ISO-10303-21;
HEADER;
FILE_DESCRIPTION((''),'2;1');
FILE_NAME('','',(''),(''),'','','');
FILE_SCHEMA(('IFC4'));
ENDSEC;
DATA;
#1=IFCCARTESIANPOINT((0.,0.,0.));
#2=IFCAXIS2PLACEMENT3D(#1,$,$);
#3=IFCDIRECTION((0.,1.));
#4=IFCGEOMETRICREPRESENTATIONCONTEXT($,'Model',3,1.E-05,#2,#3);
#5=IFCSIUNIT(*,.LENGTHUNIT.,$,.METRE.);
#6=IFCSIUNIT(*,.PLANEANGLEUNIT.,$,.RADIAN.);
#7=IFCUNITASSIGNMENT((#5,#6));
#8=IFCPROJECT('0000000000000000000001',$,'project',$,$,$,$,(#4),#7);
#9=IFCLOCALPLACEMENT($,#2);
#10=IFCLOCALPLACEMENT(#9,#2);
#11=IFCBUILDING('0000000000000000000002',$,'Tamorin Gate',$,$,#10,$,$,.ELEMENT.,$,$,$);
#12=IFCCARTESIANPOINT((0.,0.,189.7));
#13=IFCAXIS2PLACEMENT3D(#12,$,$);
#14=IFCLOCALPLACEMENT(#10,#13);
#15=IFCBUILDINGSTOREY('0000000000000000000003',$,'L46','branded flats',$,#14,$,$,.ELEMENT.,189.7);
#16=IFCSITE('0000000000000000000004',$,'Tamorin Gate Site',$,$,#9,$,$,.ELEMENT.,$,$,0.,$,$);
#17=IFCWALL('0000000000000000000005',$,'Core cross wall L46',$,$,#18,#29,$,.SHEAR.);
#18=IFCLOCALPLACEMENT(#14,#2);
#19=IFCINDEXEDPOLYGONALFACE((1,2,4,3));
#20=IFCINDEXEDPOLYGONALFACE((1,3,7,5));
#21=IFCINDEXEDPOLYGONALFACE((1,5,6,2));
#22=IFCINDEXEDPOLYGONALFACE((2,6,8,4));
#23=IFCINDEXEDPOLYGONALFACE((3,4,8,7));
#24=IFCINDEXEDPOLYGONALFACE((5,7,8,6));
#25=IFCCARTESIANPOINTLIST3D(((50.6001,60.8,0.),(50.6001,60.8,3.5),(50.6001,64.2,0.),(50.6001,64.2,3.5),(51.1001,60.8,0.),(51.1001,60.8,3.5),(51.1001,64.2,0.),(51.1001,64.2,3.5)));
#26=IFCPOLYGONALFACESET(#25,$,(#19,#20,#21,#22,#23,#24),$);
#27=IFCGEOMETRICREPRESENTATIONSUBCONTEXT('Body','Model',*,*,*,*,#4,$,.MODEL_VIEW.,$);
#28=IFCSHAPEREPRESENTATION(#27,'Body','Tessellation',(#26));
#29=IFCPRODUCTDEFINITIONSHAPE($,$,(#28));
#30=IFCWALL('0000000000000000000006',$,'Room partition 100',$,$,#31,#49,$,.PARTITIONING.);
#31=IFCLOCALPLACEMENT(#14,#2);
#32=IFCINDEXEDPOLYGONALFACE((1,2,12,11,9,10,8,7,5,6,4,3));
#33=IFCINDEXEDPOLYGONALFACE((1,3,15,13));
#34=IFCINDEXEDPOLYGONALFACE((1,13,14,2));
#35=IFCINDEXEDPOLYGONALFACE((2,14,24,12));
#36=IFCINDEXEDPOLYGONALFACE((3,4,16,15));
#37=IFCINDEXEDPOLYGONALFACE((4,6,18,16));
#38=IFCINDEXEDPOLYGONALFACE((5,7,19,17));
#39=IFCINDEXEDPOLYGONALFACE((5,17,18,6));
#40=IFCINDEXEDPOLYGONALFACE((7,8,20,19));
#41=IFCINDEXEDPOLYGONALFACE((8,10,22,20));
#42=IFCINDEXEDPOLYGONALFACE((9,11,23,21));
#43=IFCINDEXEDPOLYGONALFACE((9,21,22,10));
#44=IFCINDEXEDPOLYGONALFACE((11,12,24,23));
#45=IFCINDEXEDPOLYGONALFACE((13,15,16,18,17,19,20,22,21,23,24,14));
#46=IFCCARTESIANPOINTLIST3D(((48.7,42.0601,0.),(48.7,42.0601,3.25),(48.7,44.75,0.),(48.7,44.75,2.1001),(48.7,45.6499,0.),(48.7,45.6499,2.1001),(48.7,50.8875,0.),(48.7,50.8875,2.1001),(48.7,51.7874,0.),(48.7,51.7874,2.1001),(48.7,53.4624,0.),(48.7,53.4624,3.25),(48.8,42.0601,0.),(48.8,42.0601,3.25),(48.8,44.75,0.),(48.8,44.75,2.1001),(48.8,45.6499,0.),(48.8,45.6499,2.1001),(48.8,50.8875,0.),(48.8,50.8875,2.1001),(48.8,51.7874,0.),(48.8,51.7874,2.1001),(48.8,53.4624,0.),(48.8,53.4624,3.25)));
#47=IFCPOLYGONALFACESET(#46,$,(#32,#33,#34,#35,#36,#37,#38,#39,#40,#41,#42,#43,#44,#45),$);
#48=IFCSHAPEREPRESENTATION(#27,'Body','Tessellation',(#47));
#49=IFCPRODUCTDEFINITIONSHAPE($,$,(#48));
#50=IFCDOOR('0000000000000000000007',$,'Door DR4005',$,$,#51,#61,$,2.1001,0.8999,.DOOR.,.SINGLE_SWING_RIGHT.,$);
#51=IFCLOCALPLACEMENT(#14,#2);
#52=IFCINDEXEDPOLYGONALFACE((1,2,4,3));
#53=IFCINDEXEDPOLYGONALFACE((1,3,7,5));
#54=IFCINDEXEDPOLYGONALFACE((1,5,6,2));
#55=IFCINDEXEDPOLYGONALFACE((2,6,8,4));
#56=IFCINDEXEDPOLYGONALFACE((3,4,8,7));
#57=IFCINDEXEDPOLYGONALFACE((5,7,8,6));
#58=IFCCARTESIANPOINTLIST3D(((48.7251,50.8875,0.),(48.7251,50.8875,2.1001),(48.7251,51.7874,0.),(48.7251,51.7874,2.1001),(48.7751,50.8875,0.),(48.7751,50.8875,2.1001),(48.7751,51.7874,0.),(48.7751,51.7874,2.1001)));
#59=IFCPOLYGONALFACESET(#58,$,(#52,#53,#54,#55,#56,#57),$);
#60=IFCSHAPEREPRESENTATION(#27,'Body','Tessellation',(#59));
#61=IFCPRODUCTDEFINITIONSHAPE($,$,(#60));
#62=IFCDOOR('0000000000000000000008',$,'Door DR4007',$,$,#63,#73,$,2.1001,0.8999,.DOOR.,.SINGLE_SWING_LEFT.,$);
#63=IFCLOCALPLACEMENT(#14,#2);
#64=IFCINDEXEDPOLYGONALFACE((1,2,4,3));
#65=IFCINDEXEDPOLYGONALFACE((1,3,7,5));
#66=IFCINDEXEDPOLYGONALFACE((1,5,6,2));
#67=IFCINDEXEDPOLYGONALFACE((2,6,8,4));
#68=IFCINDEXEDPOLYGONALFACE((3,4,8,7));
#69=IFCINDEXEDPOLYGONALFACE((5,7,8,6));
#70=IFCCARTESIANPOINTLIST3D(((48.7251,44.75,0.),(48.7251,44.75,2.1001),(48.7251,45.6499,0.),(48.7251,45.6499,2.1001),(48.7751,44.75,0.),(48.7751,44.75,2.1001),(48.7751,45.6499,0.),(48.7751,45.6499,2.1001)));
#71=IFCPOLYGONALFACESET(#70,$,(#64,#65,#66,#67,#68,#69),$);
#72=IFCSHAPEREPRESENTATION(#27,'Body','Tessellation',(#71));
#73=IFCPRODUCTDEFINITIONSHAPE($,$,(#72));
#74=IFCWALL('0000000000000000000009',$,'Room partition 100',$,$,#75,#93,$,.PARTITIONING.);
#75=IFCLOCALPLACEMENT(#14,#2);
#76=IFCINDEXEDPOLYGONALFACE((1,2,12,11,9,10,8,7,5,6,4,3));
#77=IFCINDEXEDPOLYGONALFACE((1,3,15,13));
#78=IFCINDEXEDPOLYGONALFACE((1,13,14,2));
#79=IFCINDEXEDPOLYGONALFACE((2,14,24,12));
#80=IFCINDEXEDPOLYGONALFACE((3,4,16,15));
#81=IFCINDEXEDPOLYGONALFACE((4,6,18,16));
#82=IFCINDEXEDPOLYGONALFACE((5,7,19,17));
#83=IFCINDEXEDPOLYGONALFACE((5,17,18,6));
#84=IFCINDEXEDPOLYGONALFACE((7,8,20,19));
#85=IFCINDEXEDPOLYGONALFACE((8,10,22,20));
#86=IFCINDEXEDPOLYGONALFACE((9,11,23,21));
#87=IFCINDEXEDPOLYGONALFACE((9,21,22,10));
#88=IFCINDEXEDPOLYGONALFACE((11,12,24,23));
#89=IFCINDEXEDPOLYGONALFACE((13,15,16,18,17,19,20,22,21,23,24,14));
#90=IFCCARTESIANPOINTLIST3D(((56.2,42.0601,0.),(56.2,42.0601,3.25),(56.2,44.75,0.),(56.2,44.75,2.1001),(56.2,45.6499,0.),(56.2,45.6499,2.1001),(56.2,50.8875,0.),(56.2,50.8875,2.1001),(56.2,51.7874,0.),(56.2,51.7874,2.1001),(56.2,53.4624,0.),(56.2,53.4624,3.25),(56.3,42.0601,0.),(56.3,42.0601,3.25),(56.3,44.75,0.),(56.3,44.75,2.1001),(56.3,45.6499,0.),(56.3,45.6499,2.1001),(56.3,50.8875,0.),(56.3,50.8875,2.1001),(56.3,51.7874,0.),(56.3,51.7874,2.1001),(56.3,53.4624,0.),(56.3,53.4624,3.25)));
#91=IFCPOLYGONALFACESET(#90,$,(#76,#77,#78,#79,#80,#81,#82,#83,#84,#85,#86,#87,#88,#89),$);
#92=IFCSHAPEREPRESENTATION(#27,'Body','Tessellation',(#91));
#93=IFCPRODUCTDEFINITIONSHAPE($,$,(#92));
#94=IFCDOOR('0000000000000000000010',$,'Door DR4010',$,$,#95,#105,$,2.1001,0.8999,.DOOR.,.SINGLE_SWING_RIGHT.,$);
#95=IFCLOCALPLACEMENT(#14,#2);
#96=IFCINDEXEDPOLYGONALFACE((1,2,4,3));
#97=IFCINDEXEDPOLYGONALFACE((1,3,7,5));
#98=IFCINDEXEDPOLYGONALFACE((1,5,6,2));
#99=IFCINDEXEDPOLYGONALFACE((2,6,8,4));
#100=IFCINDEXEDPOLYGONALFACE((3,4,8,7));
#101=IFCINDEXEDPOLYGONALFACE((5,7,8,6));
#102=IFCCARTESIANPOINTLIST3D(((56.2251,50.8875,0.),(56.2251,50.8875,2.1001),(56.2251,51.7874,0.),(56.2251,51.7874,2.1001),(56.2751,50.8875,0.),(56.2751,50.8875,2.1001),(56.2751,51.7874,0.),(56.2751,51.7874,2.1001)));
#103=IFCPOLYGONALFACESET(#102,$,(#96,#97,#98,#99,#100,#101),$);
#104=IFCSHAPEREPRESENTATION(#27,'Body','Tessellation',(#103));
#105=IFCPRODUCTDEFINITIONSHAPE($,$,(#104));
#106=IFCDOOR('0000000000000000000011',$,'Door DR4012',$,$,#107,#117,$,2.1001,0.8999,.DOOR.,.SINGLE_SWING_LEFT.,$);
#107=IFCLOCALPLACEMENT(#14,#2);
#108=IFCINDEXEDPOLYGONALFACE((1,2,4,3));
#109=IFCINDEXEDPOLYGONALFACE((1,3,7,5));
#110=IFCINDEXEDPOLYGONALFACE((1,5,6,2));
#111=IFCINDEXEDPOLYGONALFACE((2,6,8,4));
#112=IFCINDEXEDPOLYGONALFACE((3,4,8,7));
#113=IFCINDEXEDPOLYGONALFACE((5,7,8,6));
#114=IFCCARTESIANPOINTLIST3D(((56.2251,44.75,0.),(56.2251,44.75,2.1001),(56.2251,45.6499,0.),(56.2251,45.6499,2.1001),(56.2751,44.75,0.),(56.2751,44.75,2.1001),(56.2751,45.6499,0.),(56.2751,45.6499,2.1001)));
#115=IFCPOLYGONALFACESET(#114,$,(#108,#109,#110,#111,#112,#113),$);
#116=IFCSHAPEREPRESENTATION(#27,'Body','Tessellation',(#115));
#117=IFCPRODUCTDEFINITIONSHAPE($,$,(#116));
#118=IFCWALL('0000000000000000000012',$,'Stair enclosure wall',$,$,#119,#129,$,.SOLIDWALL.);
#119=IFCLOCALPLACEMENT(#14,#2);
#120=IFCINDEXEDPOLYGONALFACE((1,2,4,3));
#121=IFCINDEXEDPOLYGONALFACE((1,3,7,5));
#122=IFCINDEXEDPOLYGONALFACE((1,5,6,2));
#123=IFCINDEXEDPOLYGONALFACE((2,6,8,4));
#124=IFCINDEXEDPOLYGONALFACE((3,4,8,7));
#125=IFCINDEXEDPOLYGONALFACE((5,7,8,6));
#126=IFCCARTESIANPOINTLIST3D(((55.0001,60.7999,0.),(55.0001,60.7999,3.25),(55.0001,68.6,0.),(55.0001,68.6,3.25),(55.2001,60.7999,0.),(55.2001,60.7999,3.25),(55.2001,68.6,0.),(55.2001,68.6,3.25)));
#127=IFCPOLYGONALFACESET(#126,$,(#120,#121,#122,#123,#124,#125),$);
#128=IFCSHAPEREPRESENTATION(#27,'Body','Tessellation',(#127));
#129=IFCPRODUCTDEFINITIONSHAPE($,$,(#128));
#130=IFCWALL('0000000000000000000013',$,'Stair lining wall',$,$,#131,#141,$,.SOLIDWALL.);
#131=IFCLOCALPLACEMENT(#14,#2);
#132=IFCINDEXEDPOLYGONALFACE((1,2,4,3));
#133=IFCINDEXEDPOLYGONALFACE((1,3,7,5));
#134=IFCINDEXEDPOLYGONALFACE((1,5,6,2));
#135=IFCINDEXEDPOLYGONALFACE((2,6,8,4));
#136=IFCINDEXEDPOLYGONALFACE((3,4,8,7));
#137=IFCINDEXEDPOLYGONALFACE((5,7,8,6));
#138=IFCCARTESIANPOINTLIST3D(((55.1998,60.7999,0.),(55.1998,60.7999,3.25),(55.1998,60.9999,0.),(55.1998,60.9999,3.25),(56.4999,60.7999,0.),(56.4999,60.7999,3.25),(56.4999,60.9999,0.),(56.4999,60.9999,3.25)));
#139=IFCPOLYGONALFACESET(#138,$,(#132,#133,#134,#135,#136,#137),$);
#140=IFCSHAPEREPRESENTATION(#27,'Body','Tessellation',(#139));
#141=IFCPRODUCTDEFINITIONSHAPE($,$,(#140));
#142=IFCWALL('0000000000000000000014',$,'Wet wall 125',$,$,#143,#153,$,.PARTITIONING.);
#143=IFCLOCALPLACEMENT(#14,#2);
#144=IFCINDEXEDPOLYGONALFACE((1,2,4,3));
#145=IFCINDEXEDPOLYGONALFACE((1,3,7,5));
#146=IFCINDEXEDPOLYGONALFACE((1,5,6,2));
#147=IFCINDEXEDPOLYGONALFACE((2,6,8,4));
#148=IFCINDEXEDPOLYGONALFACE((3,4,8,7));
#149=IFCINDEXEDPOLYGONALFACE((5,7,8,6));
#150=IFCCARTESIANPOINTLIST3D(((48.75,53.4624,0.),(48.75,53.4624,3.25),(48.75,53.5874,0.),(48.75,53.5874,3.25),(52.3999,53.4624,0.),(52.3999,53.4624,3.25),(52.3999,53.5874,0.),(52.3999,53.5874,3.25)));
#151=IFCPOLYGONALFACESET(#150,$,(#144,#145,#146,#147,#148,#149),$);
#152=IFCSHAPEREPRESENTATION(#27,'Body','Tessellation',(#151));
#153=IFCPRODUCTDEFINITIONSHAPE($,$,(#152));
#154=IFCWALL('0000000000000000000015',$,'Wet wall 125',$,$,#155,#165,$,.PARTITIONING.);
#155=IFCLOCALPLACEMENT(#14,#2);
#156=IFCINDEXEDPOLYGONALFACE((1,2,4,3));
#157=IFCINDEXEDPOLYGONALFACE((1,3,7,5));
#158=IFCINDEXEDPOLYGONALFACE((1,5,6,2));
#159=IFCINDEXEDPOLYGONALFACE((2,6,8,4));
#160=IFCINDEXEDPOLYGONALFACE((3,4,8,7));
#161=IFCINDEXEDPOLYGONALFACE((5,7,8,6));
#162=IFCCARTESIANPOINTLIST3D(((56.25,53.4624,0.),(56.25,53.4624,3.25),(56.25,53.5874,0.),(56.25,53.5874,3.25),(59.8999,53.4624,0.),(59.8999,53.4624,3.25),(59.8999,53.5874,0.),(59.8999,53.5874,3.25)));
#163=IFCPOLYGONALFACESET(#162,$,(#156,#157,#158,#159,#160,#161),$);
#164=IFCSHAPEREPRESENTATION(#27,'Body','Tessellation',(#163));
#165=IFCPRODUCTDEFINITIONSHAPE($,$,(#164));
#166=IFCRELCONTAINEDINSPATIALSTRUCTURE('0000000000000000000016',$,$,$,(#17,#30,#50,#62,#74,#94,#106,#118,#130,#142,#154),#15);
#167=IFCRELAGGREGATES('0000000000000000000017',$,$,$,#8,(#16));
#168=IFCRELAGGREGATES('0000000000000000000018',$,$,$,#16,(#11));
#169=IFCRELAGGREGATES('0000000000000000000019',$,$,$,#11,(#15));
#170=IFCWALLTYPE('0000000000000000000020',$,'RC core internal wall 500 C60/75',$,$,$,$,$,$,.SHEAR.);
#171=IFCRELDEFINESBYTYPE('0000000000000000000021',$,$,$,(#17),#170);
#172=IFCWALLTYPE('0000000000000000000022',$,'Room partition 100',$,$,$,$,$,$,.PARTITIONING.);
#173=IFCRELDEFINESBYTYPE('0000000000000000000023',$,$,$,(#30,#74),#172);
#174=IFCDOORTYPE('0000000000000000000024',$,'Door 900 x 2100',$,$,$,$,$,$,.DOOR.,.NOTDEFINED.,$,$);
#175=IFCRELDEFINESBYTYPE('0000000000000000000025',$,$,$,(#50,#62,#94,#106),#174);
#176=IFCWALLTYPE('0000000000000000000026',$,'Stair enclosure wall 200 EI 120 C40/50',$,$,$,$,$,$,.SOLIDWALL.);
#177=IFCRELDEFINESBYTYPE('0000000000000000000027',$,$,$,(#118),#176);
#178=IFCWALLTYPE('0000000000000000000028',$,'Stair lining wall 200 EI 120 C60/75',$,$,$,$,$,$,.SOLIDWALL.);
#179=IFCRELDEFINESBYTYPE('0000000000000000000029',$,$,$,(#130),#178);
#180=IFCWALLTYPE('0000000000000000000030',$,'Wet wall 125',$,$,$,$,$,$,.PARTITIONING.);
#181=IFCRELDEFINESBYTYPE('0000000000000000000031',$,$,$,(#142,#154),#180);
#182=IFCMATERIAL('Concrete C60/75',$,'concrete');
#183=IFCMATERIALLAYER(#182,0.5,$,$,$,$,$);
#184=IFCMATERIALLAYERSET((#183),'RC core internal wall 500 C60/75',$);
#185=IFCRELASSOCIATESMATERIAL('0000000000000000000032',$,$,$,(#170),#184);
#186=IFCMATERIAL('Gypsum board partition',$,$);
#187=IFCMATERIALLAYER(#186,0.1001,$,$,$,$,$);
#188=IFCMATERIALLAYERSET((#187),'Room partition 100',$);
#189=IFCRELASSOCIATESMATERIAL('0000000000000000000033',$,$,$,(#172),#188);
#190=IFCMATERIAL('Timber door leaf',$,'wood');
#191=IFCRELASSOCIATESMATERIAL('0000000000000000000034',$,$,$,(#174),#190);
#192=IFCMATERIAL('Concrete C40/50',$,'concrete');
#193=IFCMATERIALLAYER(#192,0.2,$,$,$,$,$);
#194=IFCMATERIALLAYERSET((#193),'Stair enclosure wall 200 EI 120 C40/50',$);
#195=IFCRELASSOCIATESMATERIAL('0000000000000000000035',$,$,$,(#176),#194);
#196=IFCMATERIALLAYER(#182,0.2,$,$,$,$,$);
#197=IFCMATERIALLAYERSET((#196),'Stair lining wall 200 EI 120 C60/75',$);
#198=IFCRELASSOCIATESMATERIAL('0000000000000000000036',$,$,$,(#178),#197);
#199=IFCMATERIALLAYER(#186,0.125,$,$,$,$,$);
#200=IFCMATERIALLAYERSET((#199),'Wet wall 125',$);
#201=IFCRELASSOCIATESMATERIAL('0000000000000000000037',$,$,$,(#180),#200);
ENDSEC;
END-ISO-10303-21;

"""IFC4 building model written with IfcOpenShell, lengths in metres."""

from ifc_helpers import new_model, si_unit, direction, frame, frame_2d, origin, place, context, subcontext, project, spatial, rectangle, extrude, material, layer, layer_set, type_object, element, fill, save


model = new_model("IFC4")

# Units and contexts
model_context = context("Model", 3, precision=1e-05, world=origin(), true_north=direction((0.0, 1.0)))
body_context = subcontext(model_context, "Body", "Model", "MODEL_VIEW")
ifc_project = project(units=[si_unit("LENGTHUNIT", "METRE"), si_unit("PLANEANGLEUNIT", "RADIAN")], contexts=[model_context])

# Site, building, storey
site_placement = place(None, origin())
site = spatial("IfcSite", under=ifc_project, at=site_placement, Name="Tamorin Gate Site", CompositionType="ELEMENT", RefElevation=0.0)
building_placement = place(site_placement, origin())
building = spatial("IfcBuilding", under=site, at=building_placement, Name="Tamorin Gate", CompositionType="ELEMENT")
storey_placement = place(building_placement, frame((0.0, 0.0, 189.7)))
storey = spatial("IfcBuildingStorey", under=building, at=storey_placement, Name="L46", Description="branded flats", CompositionType="ELEMENT", Elevation=189.7)

# Shared definitions
ifc_material_1 = material(Name="Concrete C60/75", Category="concrete")

# Wall
ifc_material_2 = material(Name="Gypsum board partition")
ifc_layer_1 = layer(ifc_material_1, 0.5)
ifc_layer_set_1 = layer_set([ifc_layer_1], Name="RC core internal wall 500 C60/75")
wall_type_1 = type_object("IfcWallType", Name="RC core internal wall 500 C60/75", PredefinedType="SHEAR", material=ifc_layer_set_1)
wall_1_placement = place(storey_placement, frame((50.8501, 60.8, 0.0), z_axis=(0.0, 0.0, 1.0), x_axis=(0.0, 1.0, 0.0)))
element("IfcWall", 1, at=wall_1_placement, inside=storey, type_object=wall_type_1, Name="Core cross wall L46", PredefinedType="SHEAR", context=body_context, shape_type="SweptSolid", body=[
    extrude(rectangle(XDim=3.3999, YDim=0.5, at=frame_2d((1.7, 0.0))), origin(), (0.0, 0.0, 1.0), 3.5),
])

# Walls, openings, doors
ifc_layer_2 = layer(ifc_material_2, 0.1001)
ifc_layer_set_2 = layer_set([ifc_layer_2], Name="Room partition 100")
wall_type_2 = type_object("IfcWallType", Name="Room partition 100", PredefinedType="PARTITIONING", material=ifc_layer_set_2)
wall_2_placement = place(storey_placement, frame((48.75, 42.0601, 0.0), z_axis=(0.0, 0.0, 1.0), x_axis=(0.0, 1.0, 0.0)))
wall_2 = element("IfcWall", 2, at=wall_2_placement, inside=storey, type_object=wall_type_2, Name="Room partition 100", PredefinedType="PARTITIONING", context=body_context, shape_type="SweptSolid", body=[
    extrude(rectangle(XDim=11.4023, YDim=0.1001, at=frame_2d((5.7012, 0.0))), origin(), (0.0, 0.0, 1.0), 3.25),
])
opening_1_placement = place(wall_2_placement, frame((8.8274, 0.0, 0.0)))
opening_1 = element("IfcOpeningElement", 3, at=opening_1_placement, cuts=wall_2, PredefinedType="OPENING", context=body_context, shape_type="SweptSolid", body=[
    extrude(rectangle(XDim=0.8999, YDim=2.1001, at=frame_2d((0.45, 1.05))), frame((0.0, 0.0601, 0.0), z_axis=(0.0, -1.0, 0.0), x_axis=(1.0, 0.0, 0.0)), (0.0, 0.0, 1.0), 0.1201),
])
opening_2_placement = place(wall_2_placement, frame((2.6899, 0.0, 0.0)))
opening_2 = element("IfcOpeningElement", 4, at=opening_2_placement, cuts=wall_2, PredefinedType="OPENING", context=body_context, shape_type="SweptSolid", body=[
    extrude(rectangle(XDim=0.8999, YDim=2.1001, at=frame_2d((0.45, 1.05))), frame((0.0, 0.0601, 0.0), z_axis=(0.0, -1.0, 0.0), x_axis=(1.0, 0.0, 0.0)), (0.0, 0.0, 1.0), 0.1201),
])
ifc_material_3 = material(Name="Timber door leaf", Category="wood")
door_type = type_object("IfcDoorType", Name="Door 900 x 2100", OperationType="NOTDEFINED", PredefinedType="DOOR", material=ifc_material_3)
door_1_placement = place(opening_1_placement, origin())
door_1 = element("IfcDoor", 5, at=door_1_placement, inside=storey, type_object=door_type, Name="Door DR4005", OperationType="SINGLE_SWING_RIGHT", OverallHeight=2.1001, OverallWidth=0.8999, PredefinedType="DOOR", context=body_context, shape_type="SweptSolid", body=[
    extrude(rectangle(XDim=0.8999, YDim=2.1001, at=frame_2d((0.45, 1.05))), frame((0.0, 0.0249, 0.0), z_axis=(0.0, -1.0, 0.0), x_axis=(1.0, 0.0, 0.0)), (0.0, 0.0, 1.0), 0.05),
])
fill(opening_1, door_1)
door_2_placement = place(opening_2_placement, origin())
door_2 = element("IfcDoor", 6, at=door_2_placement, inside=storey, type_object=door_type, Name="Door DR4007", OperationType="SINGLE_SWING_LEFT", OverallHeight=2.1001, OverallWidth=0.8999, PredefinedType="DOOR", context=body_context, shape_type="SweptSolid", body=[
    extrude(rectangle(XDim=0.8999, YDim=2.1001, at=frame_2d((0.45, 1.05))), frame((0.0, 0.0249, 0.0), z_axis=(0.0, -1.0, 0.0), x_axis=(1.0, 0.0, 0.0)), (0.0, 0.0, 1.0), 0.05),
])
fill(opening_2, door_2)
wall_3_placement = place(storey_placement, frame((56.25, 42.0601, 0.0), z_axis=(0.0, 0.0, 1.0), x_axis=(0.0, 1.0, 0.0)))
wall_3 = element("IfcWall", 7, at=wall_3_placement, inside=storey, type_object=wall_type_2, Name="Room partition 100", PredefinedType="PARTITIONING", context=body_context, shape_type="SweptSolid", body=[
    extrude(rectangle(XDim=11.4023, YDim=0.1001, at=frame_2d((5.7012, 0.0))), origin(), (0.0, 0.0, 1.0), 3.25),
])
opening_3_placement = place(wall_3_placement, frame((8.8274, 0.0, 0.0)))
opening_3 = element("IfcOpeningElement", 8, at=opening_3_placement, cuts=wall_3, PredefinedType="OPENING", context=body_context, shape_type="SweptSolid", body=[
    extrude(rectangle(XDim=0.8999, YDim=2.1001, at=frame_2d((0.45, 1.05))), frame((0.0, 0.0601, 0.0), z_axis=(0.0, -1.0, 0.0), x_axis=(1.0, 0.0, 0.0)), (0.0, 0.0, 1.0), 0.1201),
])
opening_4_placement = place(wall_3_placement, frame((2.6899, 0.0, 0.0)))
opening_4 = element("IfcOpeningElement", 9, at=opening_4_placement, cuts=wall_3, PredefinedType="OPENING", context=body_context, shape_type="SweptSolid", body=[
    extrude(rectangle(XDim=0.8999, YDim=2.1001, at=frame_2d((0.45, 1.05))), frame((0.0, 0.0601, 0.0), z_axis=(0.0, -1.0, 0.0), x_axis=(1.0, 0.0, 0.0)), (0.0, 0.0, 1.0), 0.1201),
])
door_3_placement = place(opening_3_placement, origin())
door_3 = element("IfcDoor", 10, at=door_3_placement, inside=storey, type_object=door_type, Name="Door DR4010", OperationType="SINGLE_SWING_RIGHT", OverallHeight=2.1001, OverallWidth=0.8999, PredefinedType="DOOR", context=body_context, shape_type="SweptSolid", body=[
    extrude(rectangle(XDim=0.8999, YDim=2.1001, at=frame_2d((0.45, 1.05))), frame((0.0, 0.0249, 0.0), z_axis=(0.0, -1.0, 0.0), x_axis=(1.0, 0.0, 0.0)), (0.0, 0.0, 1.0), 0.05),
])
fill(opening_3, door_3)
door_4_placement = place(opening_4_placement, origin())
door_4 = element("IfcDoor", 11, at=door_4_placement, inside=storey, type_object=door_type, Name="Door DR4012", OperationType="SINGLE_SWING_LEFT", OverallHeight=2.1001, OverallWidth=0.8999, PredefinedType="DOOR", context=body_context, shape_type="SweptSolid", body=[
    extrude(rectangle(XDim=0.8999, YDim=2.1001, at=frame_2d((0.45, 1.05))), frame((0.0, 0.0249, 0.0), z_axis=(0.0, -1.0, 0.0), x_axis=(1.0, 0.0, 0.0)), (0.0, 0.0, 1.0), 0.05),
])
fill(opening_4, door_4)

# Walls
ifc_material_4 = material(Name="Concrete C40/50", Category="concrete")
ifc_layer_3 = layer(ifc_material_4, 0.2)
ifc_layer_set_3 = layer_set([ifc_layer_3], Name="Stair enclosure wall 200 EI 120 C40/50")
wall_type_3 = type_object("IfcWallType", Name="Stair enclosure wall 200 EI 120 C40/50", PredefinedType="SOLIDWALL", material=ifc_layer_set_3)
wall_4_placement = place(storey_placement, frame((55.1001, 60.8, 0.0), z_axis=(0.0, 0.0, 1.0), x_axis=(0.0, 1.0, 0.0)))
element("IfcWall", 12, at=wall_4_placement, inside=storey, type_object=wall_type_3, Name="Stair enclosure wall", PredefinedType="SOLIDWALL", context=body_context, shape_type="SweptSolid", body=[
    extrude(rectangle(XDim=7.8, YDim=0.2, at=frame_2d((3.8999, 0.0))), origin(), (0.0, 0.0, 1.0), 3.25),
])
ifc_layer_4 = layer(ifc_material_1, 0.2)
ifc_layer_set_4 = layer_set([ifc_layer_4], Name="Stair lining wall 200 EI 120 C60/75")
wall_type_4 = type_object("IfcWallType", Name="Stair lining wall 200 EI 120 C60/75", PredefinedType="SOLIDWALL", material=ifc_layer_set_4)
wall_5_placement = place(storey_placement, frame((55.2, 60.8999, 0.0), z_axis=(0.0, 0.0, 1.0), x_axis=(1.0, 0.0, 0.0)))
element("IfcWall", 13, at=wall_5_placement, inside=storey, type_object=wall_type_4, Name="Stair lining wall", PredefinedType="SOLIDWALL", context=body_context, shape_type="SweptSolid", body=[
    extrude(rectangle(XDim=1.3, YDim=0.2, at=frame_2d((0.6499, 0.0))), origin(), (0.0, 0.0, 1.0), 3.25),
])
ifc_layer_5 = layer(ifc_material_2, 0.125)
ifc_layer_set_5 = layer_set([ifc_layer_5], Name="Wet wall 125")
wall_type_5 = type_object("IfcWallType", Name="Wet wall 125", PredefinedType="PARTITIONING", material=ifc_layer_set_5)
for number, where, z_axis, x_axis, name in (
    (14, (48.75, 53.5249, 0.0), (0.0, 0.0, 1.0), (1.0, 0.0, 0.0), "Wet wall 125"),
    (15, (56.25, 53.5249, 0.0), (0.0, 0.0, 1.0), (1.0, 0.0, 0.0), "Wet wall 125"),
):
    element("IfcWall", number, at=place(storey_placement, frame(where, z_axis=z_axis, x_axis=x_axis)), inside=storey, type_object=wall_type_5, Name=name, PredefinedType="PARTITIONING", context=body_context, shape_type="SweptSolid", body=[
        extrude(rectangle(XDim=3.6499, YDim=0.125, at=frame_2d((1.825, 0.0))), origin(), (0.0, 0.0, 1.0), 3.25),
    ])

save(model, "model.ifc")
